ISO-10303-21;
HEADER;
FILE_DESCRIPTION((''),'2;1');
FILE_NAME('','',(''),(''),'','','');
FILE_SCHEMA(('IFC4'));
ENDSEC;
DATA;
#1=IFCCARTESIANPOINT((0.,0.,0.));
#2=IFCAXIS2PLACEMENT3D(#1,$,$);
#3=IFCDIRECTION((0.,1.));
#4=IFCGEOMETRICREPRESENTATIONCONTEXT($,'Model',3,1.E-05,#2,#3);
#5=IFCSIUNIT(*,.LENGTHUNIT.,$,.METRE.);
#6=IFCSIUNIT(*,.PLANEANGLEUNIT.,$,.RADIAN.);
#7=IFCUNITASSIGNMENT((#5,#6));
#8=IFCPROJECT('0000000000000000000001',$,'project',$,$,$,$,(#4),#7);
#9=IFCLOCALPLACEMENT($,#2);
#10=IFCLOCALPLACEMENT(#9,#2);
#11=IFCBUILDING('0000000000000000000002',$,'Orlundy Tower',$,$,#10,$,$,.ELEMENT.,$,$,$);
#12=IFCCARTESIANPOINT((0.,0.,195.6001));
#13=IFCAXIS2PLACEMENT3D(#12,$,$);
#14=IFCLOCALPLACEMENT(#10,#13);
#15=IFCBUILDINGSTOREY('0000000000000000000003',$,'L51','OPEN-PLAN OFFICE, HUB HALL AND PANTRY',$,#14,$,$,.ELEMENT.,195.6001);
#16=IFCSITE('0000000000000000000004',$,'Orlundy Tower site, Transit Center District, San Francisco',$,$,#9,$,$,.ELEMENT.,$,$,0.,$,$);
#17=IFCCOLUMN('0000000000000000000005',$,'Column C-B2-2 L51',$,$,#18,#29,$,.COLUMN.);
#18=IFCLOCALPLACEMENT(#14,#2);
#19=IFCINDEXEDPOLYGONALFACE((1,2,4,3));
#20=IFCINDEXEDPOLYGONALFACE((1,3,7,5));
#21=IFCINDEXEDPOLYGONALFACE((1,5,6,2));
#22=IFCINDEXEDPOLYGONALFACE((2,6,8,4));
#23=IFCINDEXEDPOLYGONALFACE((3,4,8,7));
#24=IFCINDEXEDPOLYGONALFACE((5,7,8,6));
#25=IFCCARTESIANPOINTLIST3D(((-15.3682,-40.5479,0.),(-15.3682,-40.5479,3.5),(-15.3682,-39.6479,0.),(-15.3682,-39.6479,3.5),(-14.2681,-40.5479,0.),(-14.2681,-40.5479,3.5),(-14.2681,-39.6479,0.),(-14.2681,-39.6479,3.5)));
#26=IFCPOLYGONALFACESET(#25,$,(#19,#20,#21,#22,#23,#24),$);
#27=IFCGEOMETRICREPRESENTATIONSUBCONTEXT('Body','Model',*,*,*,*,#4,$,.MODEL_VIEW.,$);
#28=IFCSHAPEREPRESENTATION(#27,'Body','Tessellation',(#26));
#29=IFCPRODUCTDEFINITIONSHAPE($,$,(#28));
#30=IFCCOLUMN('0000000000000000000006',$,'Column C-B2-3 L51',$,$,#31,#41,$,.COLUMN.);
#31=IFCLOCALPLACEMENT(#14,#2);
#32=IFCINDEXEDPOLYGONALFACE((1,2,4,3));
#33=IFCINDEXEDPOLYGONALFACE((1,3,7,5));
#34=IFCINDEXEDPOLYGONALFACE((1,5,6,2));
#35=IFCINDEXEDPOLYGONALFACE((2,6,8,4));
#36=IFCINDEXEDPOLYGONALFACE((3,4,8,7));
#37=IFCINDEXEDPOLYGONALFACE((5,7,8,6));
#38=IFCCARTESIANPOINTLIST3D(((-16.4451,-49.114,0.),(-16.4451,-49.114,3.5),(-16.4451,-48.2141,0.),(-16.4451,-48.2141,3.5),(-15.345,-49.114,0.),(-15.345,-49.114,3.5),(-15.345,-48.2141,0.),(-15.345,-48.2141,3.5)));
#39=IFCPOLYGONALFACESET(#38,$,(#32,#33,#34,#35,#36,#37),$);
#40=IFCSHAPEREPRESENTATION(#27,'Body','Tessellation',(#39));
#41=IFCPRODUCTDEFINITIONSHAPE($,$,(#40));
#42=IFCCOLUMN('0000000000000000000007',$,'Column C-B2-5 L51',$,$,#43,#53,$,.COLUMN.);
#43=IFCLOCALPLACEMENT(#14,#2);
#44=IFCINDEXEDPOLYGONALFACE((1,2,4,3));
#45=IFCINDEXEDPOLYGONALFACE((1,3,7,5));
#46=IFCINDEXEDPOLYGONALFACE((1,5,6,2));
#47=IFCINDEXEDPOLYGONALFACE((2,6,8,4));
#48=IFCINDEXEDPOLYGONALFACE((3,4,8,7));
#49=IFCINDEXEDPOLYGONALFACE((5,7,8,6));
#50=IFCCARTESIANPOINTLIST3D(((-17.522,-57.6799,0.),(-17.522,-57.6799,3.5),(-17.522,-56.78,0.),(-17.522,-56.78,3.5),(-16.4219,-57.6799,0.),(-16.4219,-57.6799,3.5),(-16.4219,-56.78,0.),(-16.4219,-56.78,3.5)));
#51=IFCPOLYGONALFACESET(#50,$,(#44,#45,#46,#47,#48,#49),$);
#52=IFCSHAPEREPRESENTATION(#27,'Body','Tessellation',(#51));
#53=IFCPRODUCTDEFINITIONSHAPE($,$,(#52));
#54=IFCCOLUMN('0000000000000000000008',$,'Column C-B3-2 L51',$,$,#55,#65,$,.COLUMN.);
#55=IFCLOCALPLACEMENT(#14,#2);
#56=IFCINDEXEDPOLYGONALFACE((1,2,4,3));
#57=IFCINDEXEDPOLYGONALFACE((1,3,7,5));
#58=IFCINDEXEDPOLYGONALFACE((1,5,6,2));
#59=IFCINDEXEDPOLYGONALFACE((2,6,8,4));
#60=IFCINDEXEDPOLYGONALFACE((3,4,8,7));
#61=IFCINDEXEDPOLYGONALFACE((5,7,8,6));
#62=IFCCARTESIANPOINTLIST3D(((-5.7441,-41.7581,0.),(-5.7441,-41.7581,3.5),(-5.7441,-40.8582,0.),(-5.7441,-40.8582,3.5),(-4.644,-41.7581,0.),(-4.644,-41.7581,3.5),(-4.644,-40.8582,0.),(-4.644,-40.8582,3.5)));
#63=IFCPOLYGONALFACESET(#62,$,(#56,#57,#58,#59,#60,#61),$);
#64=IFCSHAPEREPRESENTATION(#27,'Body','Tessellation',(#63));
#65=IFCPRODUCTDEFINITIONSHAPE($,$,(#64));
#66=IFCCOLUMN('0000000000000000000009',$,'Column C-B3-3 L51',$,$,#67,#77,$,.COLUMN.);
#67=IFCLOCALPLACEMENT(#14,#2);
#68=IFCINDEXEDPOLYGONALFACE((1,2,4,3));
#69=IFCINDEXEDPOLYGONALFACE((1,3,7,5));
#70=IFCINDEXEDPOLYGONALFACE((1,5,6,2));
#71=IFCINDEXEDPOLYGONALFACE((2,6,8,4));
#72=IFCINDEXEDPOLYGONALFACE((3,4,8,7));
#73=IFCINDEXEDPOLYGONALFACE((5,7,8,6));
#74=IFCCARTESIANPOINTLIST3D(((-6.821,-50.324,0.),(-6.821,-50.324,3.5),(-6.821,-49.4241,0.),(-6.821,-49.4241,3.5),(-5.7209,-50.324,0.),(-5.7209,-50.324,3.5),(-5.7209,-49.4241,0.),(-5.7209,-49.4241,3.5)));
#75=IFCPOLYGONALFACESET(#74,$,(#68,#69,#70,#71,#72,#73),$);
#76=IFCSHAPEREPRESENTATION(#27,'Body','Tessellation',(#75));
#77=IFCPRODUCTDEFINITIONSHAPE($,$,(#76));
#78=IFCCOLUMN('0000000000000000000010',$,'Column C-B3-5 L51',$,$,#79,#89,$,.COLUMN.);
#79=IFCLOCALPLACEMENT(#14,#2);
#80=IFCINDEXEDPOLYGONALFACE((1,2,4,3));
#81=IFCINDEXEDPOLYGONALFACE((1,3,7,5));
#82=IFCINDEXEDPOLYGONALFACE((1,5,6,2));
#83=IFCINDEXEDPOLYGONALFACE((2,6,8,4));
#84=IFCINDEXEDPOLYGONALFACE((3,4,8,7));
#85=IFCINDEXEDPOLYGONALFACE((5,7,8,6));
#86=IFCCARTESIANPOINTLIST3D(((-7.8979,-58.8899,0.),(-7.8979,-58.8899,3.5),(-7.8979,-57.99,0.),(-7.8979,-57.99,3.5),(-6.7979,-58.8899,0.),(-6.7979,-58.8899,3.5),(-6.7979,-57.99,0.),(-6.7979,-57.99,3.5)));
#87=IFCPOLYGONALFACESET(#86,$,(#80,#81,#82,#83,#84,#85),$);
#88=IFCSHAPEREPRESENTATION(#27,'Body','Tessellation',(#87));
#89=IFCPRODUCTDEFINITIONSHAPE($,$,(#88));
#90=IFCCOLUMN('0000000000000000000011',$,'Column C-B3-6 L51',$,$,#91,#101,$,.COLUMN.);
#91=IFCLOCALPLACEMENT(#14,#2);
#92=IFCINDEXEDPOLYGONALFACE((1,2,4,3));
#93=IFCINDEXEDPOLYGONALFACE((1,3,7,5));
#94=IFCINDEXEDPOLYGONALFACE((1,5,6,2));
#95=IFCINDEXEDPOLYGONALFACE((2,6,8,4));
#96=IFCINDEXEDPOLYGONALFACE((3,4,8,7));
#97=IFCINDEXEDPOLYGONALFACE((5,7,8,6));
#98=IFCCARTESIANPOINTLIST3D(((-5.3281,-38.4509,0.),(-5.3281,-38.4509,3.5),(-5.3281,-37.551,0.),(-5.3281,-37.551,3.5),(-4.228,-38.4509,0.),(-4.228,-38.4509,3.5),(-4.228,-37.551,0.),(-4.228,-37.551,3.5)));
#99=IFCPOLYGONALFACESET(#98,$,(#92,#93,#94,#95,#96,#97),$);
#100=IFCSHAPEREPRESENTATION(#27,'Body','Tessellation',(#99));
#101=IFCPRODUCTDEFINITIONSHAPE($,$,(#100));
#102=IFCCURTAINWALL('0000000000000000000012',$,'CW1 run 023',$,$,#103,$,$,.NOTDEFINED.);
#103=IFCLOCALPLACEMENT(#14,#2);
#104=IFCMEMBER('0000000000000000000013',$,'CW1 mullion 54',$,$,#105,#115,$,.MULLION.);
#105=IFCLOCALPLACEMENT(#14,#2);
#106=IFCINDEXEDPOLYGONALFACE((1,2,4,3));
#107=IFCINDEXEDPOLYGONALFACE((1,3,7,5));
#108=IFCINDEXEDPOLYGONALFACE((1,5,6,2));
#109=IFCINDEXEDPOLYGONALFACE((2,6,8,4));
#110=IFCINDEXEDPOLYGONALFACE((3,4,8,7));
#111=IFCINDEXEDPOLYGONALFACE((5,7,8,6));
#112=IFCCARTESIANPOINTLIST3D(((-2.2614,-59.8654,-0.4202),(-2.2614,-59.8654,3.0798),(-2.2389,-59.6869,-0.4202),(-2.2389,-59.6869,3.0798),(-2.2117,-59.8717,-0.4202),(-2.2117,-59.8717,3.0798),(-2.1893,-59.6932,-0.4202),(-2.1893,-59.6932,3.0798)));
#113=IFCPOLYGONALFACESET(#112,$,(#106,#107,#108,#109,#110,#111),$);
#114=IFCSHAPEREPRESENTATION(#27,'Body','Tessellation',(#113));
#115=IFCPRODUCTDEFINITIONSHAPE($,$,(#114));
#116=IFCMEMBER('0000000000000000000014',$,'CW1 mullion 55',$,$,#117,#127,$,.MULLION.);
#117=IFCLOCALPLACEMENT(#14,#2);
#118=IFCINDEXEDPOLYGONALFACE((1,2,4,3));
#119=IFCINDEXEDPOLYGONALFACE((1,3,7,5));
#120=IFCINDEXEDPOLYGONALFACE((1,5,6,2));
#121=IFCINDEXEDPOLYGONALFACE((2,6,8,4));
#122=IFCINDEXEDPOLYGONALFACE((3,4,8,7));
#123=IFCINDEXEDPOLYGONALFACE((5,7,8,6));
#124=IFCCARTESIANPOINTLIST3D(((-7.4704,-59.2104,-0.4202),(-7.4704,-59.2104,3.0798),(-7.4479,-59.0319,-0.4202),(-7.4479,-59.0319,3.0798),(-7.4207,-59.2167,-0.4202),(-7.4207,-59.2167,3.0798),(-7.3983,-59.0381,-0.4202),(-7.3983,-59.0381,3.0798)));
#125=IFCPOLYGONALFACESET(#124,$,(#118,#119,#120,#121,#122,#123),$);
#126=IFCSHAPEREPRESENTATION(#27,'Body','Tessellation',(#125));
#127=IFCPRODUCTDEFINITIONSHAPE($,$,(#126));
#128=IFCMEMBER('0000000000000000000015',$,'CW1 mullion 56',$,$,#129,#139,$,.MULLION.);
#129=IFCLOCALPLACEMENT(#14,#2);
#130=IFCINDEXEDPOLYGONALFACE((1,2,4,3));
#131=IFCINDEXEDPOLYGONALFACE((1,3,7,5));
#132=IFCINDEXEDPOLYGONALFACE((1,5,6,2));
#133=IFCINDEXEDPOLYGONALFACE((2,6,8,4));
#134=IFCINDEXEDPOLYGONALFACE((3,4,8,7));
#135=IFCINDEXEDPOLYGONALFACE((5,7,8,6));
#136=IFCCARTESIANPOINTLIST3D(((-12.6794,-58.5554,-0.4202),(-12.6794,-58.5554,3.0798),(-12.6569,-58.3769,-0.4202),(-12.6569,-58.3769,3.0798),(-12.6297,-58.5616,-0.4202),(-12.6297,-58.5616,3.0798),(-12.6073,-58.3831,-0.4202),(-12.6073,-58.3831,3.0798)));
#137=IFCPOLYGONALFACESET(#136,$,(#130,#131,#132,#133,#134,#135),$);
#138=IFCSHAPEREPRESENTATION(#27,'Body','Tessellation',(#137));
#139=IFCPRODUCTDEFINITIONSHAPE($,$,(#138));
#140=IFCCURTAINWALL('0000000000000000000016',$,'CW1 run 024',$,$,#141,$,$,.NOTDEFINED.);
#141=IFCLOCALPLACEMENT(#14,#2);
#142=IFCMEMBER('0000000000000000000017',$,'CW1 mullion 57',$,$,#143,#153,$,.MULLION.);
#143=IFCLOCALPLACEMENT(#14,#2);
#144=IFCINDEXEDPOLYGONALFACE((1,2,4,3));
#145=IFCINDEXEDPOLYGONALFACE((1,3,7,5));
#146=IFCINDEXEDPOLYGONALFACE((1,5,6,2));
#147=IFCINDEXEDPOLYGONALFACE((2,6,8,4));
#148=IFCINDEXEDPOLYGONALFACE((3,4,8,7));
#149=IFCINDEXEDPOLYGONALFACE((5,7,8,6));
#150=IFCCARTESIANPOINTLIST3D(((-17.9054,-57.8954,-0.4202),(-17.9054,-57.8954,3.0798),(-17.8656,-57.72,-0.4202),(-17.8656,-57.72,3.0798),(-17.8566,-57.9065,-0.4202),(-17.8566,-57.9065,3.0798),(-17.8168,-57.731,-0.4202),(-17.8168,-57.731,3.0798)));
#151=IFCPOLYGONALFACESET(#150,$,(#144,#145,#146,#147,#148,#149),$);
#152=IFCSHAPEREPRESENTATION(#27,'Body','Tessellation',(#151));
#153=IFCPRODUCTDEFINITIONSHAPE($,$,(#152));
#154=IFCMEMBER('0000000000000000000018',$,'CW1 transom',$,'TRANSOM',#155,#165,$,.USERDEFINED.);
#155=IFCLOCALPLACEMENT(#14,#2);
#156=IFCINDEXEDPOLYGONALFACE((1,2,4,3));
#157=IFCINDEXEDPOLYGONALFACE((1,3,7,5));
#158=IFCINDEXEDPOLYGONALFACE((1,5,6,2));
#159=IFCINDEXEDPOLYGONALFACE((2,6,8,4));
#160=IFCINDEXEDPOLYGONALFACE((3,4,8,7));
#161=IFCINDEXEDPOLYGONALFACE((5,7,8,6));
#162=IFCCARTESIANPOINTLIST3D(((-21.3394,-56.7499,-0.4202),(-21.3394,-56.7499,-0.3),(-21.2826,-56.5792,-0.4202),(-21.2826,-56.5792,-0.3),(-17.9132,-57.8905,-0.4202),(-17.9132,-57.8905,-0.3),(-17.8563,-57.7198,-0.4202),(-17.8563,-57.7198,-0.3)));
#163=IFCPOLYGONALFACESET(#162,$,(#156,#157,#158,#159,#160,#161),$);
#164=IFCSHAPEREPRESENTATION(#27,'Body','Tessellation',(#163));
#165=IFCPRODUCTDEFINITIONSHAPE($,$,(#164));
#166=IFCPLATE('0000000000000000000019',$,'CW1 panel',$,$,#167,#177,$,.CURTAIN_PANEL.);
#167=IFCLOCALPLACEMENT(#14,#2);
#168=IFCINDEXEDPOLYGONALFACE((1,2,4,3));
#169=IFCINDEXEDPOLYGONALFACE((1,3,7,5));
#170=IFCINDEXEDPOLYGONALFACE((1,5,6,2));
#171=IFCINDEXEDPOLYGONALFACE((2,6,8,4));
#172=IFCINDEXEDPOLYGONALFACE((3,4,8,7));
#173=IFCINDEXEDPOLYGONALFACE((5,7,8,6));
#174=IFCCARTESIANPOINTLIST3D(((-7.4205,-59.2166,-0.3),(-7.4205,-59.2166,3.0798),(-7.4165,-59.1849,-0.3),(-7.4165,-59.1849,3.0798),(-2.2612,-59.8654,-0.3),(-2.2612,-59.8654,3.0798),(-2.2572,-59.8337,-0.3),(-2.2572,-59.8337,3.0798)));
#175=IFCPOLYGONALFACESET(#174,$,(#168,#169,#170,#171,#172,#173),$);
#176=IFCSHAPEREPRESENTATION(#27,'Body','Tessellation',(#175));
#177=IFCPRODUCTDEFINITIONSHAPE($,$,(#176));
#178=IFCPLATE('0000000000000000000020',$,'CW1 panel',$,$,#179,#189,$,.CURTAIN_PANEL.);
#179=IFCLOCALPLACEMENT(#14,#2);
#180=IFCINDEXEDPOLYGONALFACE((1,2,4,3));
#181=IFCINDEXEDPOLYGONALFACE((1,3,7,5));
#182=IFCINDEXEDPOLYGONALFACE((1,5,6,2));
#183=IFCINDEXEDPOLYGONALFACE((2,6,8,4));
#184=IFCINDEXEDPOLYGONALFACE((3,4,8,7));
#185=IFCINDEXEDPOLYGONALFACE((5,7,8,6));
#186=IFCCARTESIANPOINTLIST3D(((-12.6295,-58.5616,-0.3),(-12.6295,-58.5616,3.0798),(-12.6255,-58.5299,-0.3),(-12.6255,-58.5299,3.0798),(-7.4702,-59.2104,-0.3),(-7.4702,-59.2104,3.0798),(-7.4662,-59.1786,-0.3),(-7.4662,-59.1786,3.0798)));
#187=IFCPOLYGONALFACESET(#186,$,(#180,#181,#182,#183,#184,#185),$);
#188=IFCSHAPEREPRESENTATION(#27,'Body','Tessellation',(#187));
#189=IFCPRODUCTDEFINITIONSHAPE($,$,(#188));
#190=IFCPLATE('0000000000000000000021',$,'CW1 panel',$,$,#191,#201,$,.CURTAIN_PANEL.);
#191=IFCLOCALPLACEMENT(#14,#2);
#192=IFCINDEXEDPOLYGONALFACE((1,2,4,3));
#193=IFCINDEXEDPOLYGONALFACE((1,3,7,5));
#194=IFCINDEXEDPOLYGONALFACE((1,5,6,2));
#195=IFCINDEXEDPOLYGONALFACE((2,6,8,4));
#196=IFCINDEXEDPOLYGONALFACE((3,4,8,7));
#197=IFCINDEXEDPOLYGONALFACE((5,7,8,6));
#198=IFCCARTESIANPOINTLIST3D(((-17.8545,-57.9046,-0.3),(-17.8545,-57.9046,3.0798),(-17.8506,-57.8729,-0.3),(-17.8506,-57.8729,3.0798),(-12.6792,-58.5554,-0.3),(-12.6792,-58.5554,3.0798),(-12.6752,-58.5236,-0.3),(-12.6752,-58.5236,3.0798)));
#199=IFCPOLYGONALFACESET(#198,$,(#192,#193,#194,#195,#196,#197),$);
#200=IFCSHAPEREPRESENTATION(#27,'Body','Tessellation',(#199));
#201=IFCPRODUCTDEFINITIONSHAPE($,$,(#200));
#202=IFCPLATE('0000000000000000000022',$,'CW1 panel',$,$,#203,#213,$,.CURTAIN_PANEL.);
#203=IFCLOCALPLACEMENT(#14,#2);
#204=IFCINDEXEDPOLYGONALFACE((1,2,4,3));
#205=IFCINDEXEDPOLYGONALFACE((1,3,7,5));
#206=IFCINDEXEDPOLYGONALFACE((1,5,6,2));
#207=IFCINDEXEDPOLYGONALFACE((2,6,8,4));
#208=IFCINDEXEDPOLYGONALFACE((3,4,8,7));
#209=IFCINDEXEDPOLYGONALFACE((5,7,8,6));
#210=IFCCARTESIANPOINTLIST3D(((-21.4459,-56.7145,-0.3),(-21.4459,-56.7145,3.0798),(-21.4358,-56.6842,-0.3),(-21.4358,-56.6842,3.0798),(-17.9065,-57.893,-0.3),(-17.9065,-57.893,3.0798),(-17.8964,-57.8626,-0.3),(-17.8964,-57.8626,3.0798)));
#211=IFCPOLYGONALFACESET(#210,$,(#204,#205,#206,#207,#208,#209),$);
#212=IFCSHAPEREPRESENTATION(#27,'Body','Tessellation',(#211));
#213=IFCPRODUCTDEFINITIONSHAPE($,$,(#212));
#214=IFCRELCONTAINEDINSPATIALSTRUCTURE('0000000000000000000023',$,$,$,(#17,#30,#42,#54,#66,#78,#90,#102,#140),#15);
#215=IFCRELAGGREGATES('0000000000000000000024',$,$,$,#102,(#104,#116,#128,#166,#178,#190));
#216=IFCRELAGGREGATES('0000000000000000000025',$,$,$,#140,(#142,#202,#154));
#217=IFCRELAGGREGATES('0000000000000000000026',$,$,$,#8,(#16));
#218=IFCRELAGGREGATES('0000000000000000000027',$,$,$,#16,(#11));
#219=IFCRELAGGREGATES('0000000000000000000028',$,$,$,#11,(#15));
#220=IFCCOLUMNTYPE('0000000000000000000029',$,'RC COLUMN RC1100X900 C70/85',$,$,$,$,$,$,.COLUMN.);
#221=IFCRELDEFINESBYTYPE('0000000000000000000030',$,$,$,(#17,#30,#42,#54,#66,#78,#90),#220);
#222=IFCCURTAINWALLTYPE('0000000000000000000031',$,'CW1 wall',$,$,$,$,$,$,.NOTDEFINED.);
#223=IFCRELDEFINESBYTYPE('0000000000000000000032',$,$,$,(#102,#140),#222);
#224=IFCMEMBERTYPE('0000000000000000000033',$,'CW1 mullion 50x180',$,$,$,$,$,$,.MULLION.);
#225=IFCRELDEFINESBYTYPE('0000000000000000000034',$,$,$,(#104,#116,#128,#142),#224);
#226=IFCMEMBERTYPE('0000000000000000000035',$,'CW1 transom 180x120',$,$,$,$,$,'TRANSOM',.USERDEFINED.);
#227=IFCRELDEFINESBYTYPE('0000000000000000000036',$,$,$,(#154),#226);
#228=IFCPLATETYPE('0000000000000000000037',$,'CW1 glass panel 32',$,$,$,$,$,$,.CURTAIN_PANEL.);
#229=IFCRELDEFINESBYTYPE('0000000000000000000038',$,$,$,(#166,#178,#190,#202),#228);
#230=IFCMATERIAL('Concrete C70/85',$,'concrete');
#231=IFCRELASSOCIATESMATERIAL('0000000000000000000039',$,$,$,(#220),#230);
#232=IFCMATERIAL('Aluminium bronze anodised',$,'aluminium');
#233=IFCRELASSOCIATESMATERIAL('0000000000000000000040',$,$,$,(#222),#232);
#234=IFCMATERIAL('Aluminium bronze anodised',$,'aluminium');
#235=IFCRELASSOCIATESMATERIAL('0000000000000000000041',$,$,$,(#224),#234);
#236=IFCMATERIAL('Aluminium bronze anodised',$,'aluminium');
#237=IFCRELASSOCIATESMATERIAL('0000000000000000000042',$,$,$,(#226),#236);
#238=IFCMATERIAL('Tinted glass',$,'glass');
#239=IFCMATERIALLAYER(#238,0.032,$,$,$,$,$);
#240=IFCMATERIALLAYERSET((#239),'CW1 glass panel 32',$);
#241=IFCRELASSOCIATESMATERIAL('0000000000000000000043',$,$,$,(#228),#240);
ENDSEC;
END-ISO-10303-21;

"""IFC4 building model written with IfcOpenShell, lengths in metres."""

from ifc_helpers import new_model, si_unit, direction, frame, origin, origin_2d, place, context, subcontext, project, spatial, rectangle, extrude, material, layer, layer_set, material_profile, profile_set, type_object, element, aggregate, save


model = new_model("IFC4")

# Units and contexts
model_context = context("Model", 3, precision=1e-05, world=origin(), true_north=direction((0.0, 1.0)))
body_context = subcontext(model_context, "Body", "Model", "MODEL_VIEW")
ifc_project = project(units=[si_unit("LENGTHUNIT", "METRE"), si_unit("PLANEANGLEUNIT", "RADIAN")], contexts=[model_context])

# Site, building, storey
site_placement = place(None, origin())
site = spatial("IfcSite", under=ifc_project, at=site_placement, Name="Orlundy Tower site, Transit Center District, San Francisco", CompositionType="ELEMENT", RefElevation=0.0)
building_placement = place(site_placement, origin())
building = spatial("IfcBuilding", under=site, at=building_placement, Name="Orlundy Tower", CompositionType="ELEMENT")
storey_placement = place(building_placement, frame((0.0, 0.0, 195.6001)))
storey = spatial("IfcBuildingStorey", under=building, at=storey_placement, Name="L51", Description="OPEN-PLAN OFFICE, HUB HALL AND PANTRY", CompositionType="ELEMENT", Elevation=195.6001)

# Columns
ifc_material_1 = material(Name="Concrete C70/85", Category="concrete")
ifc_material_profile_1 = material_profile(ifc_material_1, rectangle(XDim=1.1001, YDim=0.8999, at=origin_2d()), Name="RC1100X900")
ifc_profile_set_1 = profile_set([ifc_material_profile_1], Name="Concrete C70/85")
column_type = type_object("IfcColumnType", Name="RC COLUMN RC1100X900 C70/85", PredefinedType="COLUMN", material=ifc_profile_set_1)
for number, where, z_axis, x_axis, name in (
    (1, (-14.8181, -40.0979, 0.0), (0.0, 0.0, 1.0), (1.0, 0.0, 0.0), "Column C-B2-2 L51"),
    (2, (-15.895, -48.6641, 0.0), (0.0, 0.0, 1.0), (1.0, 0.0, 0.0), "Column C-B2-3 L51"),
    (3, (-16.9719, -57.23, 0.0), (0.0, 0.0, 1.0), (1.0, 0.0, 0.0), "Column C-B2-5 L51"),
    (4, (-5.1941, -41.3081, 0.0), (0.0, 0.0, 1.0), (1.0, 0.0, 0.0), "Column C-B3-2 L51"),
    (5, (-6.271, -49.874, 0.0), (0.0, 0.0, 1.0), (1.0, 0.0, 0.0), "Column C-B3-3 L51"),
    (6, (-7.3479, -58.4399, 0.0), (0.0, 0.0, 1.0), (1.0, 0.0, 0.0), "Column C-B3-5 L51"),
    (7, (-4.7781, -38.001, 0.0), (0.0, 0.0, 1.0), (1.0, 0.0, 0.0), "Column C-B3-6 L51"),
):
    element("IfcColumn", number, at=place(storey_placement, frame(where, z_axis=z_axis, x_axis=x_axis)), inside=storey, type_object=column_type, Name=name, PredefinedType="COLUMN", context=body_context, shape_type="SweptSolid", body=[
        extrude(rectangle(XDim=1.1001, YDim=0.8999, at=origin_2d()), origin(), (0.0, 0.0, 1.0), 3.5),
    ])

# Curtain walls, members
ifc_material_2 = material(Name="Aluminium bronze anodised", Category="aluminium")
curtain_wall_type = type_object("IfcCurtainWallType", Name="CW1 wall", PredefinedType="NOTDEFINED", material=ifc_material_2)
curtain_wall_1_placement = place(storey_placement, origin())
curtain_wall_1 = element("IfcCurtainWall", 8, at=curtain_wall_1_placement, inside=storey, type_object=curtain_wall_type, Name="CW1 run 023", PredefinedType="NOTDEFINED")
ifc_material_3 = material(Name="Aluminium bronze anodised", Category="aluminium")
ifc_material_profile_2 = material_profile(ifc_material_3, rectangle(XDim=0.1799, YDim=0.05, at=origin_2d()), Name="CW1 mullion 50x180")
ifc_profile_set_2 = profile_set([ifc_material_profile_2], Name="Aluminium bronze anodised")
member_type_1 = type_object("IfcMemberType", Name="CW1 mullion 50x180", PredefinedType="MULLION", material=ifc_profile_set_2)
member_1_placement = place(storey_placement, frame((-2.2253, -59.7793, -0.4202), z_axis=(0.0, 0.0, 1.0), x_axis=(-0.124761, -0.992187, 0.0)))
member_1 = element("IfcMember", 9, at=member_1_placement, type_object=member_type_1, Name="CW1 mullion 54", PredefinedType="MULLION", context=body_context, shape_type="SweptSolid", body=[
    extrude(rectangle(XDim=0.1799, YDim=0.05, at=origin_2d()), origin(), (0.0, 0.0, 1.0), 3.5),
])
member_2_placement = place(storey_placement, frame((-7.4343, -59.1243, -0.4202), z_axis=(0.0, 0.0, 1.0), x_axis=(-0.124761, -0.992187, 0.0)))
member_2 = element("IfcMember", 10, at=member_2_placement, type_object=member_type_1, Name="CW1 mullion 55", PredefinedType="MULLION", context=body_context, shape_type="SweptSolid", body=[
    extrude(rectangle(XDim=0.1799, YDim=0.05, at=origin_2d()), origin(), (0.0, 0.0, 1.0), 3.5),
])
member_3_placement = place(storey_placement, frame((-12.6433, -58.4692, -0.4202), z_axis=(0.0, 0.0, 1.0), x_axis=(-0.124761, -0.992187, 0.0)))
member_3 = element("IfcMember", 11, at=member_3_placement, type_object=member_type_1, Name="CW1 mullion 56", PredefinedType="MULLION", context=body_context, shape_type="SweptSolid", body=[
    extrude(rectangle(XDim=0.1799, YDim=0.05, at=origin_2d()), origin(), (0.0, 0.0, 1.0), 3.5),
])
curtain_wall_2_placement = place(storey_placement, origin())
curtain_wall_2 = element("IfcCurtainWall", 12, at=curtain_wall_2_placement, inside=storey, type_object=curtain_wall_type, Name="CW1 run 024", PredefinedType="NOTDEFINED")
member_4_placement = place(storey_placement, frame((-17.8611, -57.8132, -0.4202), z_axis=(0.0, 0.0, 1.0), x_axis=(-0.221399, -0.975183, 0.0)))
member_4 = element("IfcMember", 13, at=member_4_placement, type_object=member_type_1, Name="CW1 mullion 57", PredefinedType="MULLION", context=body_context, shape_type="SweptSolid", body=[
    extrude(rectangle(XDim=0.1799, YDim=0.05, at=origin_2d()), origin(), (0.0, 0.0, 1.0), 3.5),
])
ifc_material_4 = material(Name="Aluminium bronze anodised", Category="aluminium")
ifc_material_profile_3 = material_profile(ifc_material_4, rectangle(XDim=0.1799, YDim=0.1201, at=origin_2d()), Name="CW1 transom 180x120")
ifc_profile_set_3 = profile_set([ifc_material_profile_3], Name="Aluminium bronze anodised")
member_type_2 = type_object("IfcMemberType", Name="CW1 transom 180x120", ElementType="TRANSOM", PredefinedType="USERDEFINED", material=ifc_profile_set_3)
member_5_placement = place(storey_placement, frame((-17.8848, -57.8052, -0.3601), z_axis=(-0.948805, 0.315863, 0.0), x_axis=(-0.315863, -0.948805, 0.0)))
member_5 = element("IfcMember", 14, at=member_5_placement, type_object=member_type_2, Name="CW1 transom", ObjectType="TRANSOM", PredefinedType="USERDEFINED", context=body_context, shape_type="SweptSolid", body=[
    extrude(rectangle(XDim=0.1799, YDim=0.1201, at=origin_2d()), origin(), (0.0, 0.0, 1.0), 3.6111),
])

# Plates
ifc_material_5 = material(Name="Tinted glass", Category="glass")
ifc_layer_1 = layer(ifc_material_5, 0.032)
ifc_layer_set_1 = layer_set([ifc_layer_1], Name="CW1 glass panel 32")
plate_type = type_object("IfcPlateType", Name="CW1 glass panel 32", PredefinedType="CURTAIN_PANEL", material=ifc_layer_set_1)
plate_1_placement = place(storey_placement, frame((-4.8389, -59.5251, -0.3), z_axis=(0.0, 0.0, 1.0), x_axis=(-0.992187, 0.124761, 0.0)))
plate_1 = element("IfcPlate", 15, at=plate_1_placement, type_object=plate_type, Name="CW1 panel", PredefinedType="CURTAIN_PANEL", context=body_context, shape_type="SweptSolid", body=[
    extrude(rectangle(XDim=5.2, YDim=0.032, at=origin_2d()), origin(), (0.0, 0.0, 1.0), 3.3799),
])
plate_2_placement = place(storey_placement, frame((-10.0479, -58.8701, -0.3), z_axis=(0.0, 0.0, 1.0), x_axis=(-0.992187, 0.124761, 0.0)))
plate_2 = element("IfcPlate", 16, at=plate_2_placement, type_object=plate_type, Name="CW1 panel", PredefinedType="CURTAIN_PANEL", context=body_context, shape_type="SweptSolid", body=[
    extrude(rectangle(XDim=5.2, YDim=0.032, at=origin_2d()), origin(), (0.0, 0.0, 1.0), 3.3799),
])
plate_3_placement = place(storey_placement, frame((-15.2649, -58.2141, -0.3), z_axis=(0.0, 0.0, 1.0), x_axis=(-0.992187, 0.124761, 0.0)))
plate_3 = element("IfcPlate", 17, at=plate_3_placement, type_object=plate_type, Name="CW1 panel", PredefinedType="CURTAIN_PANEL", context=body_context, shape_type="SweptSolid", body=[
    extrude(rectangle(XDim=5.2161, YDim=0.032, at=origin_2d()), origin(), (0.0, 0.0, 1.0), 3.3799),
])
aggregate(curtain_wall_1, [member_1, member_2, member_3, plate_1, plate_2, plate_3])
plate_4_placement = place(storey_placement, frame((-19.6711, -57.2886, -0.3), z_axis=(0.0, 0.0, 1.0), x_axis=(-0.948791, 0.315904, 0.0)))
plate_4 = element("IfcPlate", 18, at=plate_4_placement, type_object=plate_type, Name="CW1 panel", PredefinedType="CURTAIN_PANEL", context=body_context, shape_type="SweptSolid", body=[
    extrude(rectangle(XDim=3.7305, YDim=0.032, at=origin_2d()), origin(), (0.0, 0.0, 1.0), 3.3799),
])
aggregate(curtain_wall_2, [member_4, plate_4, member_5])

save(model, "model.ifc")
